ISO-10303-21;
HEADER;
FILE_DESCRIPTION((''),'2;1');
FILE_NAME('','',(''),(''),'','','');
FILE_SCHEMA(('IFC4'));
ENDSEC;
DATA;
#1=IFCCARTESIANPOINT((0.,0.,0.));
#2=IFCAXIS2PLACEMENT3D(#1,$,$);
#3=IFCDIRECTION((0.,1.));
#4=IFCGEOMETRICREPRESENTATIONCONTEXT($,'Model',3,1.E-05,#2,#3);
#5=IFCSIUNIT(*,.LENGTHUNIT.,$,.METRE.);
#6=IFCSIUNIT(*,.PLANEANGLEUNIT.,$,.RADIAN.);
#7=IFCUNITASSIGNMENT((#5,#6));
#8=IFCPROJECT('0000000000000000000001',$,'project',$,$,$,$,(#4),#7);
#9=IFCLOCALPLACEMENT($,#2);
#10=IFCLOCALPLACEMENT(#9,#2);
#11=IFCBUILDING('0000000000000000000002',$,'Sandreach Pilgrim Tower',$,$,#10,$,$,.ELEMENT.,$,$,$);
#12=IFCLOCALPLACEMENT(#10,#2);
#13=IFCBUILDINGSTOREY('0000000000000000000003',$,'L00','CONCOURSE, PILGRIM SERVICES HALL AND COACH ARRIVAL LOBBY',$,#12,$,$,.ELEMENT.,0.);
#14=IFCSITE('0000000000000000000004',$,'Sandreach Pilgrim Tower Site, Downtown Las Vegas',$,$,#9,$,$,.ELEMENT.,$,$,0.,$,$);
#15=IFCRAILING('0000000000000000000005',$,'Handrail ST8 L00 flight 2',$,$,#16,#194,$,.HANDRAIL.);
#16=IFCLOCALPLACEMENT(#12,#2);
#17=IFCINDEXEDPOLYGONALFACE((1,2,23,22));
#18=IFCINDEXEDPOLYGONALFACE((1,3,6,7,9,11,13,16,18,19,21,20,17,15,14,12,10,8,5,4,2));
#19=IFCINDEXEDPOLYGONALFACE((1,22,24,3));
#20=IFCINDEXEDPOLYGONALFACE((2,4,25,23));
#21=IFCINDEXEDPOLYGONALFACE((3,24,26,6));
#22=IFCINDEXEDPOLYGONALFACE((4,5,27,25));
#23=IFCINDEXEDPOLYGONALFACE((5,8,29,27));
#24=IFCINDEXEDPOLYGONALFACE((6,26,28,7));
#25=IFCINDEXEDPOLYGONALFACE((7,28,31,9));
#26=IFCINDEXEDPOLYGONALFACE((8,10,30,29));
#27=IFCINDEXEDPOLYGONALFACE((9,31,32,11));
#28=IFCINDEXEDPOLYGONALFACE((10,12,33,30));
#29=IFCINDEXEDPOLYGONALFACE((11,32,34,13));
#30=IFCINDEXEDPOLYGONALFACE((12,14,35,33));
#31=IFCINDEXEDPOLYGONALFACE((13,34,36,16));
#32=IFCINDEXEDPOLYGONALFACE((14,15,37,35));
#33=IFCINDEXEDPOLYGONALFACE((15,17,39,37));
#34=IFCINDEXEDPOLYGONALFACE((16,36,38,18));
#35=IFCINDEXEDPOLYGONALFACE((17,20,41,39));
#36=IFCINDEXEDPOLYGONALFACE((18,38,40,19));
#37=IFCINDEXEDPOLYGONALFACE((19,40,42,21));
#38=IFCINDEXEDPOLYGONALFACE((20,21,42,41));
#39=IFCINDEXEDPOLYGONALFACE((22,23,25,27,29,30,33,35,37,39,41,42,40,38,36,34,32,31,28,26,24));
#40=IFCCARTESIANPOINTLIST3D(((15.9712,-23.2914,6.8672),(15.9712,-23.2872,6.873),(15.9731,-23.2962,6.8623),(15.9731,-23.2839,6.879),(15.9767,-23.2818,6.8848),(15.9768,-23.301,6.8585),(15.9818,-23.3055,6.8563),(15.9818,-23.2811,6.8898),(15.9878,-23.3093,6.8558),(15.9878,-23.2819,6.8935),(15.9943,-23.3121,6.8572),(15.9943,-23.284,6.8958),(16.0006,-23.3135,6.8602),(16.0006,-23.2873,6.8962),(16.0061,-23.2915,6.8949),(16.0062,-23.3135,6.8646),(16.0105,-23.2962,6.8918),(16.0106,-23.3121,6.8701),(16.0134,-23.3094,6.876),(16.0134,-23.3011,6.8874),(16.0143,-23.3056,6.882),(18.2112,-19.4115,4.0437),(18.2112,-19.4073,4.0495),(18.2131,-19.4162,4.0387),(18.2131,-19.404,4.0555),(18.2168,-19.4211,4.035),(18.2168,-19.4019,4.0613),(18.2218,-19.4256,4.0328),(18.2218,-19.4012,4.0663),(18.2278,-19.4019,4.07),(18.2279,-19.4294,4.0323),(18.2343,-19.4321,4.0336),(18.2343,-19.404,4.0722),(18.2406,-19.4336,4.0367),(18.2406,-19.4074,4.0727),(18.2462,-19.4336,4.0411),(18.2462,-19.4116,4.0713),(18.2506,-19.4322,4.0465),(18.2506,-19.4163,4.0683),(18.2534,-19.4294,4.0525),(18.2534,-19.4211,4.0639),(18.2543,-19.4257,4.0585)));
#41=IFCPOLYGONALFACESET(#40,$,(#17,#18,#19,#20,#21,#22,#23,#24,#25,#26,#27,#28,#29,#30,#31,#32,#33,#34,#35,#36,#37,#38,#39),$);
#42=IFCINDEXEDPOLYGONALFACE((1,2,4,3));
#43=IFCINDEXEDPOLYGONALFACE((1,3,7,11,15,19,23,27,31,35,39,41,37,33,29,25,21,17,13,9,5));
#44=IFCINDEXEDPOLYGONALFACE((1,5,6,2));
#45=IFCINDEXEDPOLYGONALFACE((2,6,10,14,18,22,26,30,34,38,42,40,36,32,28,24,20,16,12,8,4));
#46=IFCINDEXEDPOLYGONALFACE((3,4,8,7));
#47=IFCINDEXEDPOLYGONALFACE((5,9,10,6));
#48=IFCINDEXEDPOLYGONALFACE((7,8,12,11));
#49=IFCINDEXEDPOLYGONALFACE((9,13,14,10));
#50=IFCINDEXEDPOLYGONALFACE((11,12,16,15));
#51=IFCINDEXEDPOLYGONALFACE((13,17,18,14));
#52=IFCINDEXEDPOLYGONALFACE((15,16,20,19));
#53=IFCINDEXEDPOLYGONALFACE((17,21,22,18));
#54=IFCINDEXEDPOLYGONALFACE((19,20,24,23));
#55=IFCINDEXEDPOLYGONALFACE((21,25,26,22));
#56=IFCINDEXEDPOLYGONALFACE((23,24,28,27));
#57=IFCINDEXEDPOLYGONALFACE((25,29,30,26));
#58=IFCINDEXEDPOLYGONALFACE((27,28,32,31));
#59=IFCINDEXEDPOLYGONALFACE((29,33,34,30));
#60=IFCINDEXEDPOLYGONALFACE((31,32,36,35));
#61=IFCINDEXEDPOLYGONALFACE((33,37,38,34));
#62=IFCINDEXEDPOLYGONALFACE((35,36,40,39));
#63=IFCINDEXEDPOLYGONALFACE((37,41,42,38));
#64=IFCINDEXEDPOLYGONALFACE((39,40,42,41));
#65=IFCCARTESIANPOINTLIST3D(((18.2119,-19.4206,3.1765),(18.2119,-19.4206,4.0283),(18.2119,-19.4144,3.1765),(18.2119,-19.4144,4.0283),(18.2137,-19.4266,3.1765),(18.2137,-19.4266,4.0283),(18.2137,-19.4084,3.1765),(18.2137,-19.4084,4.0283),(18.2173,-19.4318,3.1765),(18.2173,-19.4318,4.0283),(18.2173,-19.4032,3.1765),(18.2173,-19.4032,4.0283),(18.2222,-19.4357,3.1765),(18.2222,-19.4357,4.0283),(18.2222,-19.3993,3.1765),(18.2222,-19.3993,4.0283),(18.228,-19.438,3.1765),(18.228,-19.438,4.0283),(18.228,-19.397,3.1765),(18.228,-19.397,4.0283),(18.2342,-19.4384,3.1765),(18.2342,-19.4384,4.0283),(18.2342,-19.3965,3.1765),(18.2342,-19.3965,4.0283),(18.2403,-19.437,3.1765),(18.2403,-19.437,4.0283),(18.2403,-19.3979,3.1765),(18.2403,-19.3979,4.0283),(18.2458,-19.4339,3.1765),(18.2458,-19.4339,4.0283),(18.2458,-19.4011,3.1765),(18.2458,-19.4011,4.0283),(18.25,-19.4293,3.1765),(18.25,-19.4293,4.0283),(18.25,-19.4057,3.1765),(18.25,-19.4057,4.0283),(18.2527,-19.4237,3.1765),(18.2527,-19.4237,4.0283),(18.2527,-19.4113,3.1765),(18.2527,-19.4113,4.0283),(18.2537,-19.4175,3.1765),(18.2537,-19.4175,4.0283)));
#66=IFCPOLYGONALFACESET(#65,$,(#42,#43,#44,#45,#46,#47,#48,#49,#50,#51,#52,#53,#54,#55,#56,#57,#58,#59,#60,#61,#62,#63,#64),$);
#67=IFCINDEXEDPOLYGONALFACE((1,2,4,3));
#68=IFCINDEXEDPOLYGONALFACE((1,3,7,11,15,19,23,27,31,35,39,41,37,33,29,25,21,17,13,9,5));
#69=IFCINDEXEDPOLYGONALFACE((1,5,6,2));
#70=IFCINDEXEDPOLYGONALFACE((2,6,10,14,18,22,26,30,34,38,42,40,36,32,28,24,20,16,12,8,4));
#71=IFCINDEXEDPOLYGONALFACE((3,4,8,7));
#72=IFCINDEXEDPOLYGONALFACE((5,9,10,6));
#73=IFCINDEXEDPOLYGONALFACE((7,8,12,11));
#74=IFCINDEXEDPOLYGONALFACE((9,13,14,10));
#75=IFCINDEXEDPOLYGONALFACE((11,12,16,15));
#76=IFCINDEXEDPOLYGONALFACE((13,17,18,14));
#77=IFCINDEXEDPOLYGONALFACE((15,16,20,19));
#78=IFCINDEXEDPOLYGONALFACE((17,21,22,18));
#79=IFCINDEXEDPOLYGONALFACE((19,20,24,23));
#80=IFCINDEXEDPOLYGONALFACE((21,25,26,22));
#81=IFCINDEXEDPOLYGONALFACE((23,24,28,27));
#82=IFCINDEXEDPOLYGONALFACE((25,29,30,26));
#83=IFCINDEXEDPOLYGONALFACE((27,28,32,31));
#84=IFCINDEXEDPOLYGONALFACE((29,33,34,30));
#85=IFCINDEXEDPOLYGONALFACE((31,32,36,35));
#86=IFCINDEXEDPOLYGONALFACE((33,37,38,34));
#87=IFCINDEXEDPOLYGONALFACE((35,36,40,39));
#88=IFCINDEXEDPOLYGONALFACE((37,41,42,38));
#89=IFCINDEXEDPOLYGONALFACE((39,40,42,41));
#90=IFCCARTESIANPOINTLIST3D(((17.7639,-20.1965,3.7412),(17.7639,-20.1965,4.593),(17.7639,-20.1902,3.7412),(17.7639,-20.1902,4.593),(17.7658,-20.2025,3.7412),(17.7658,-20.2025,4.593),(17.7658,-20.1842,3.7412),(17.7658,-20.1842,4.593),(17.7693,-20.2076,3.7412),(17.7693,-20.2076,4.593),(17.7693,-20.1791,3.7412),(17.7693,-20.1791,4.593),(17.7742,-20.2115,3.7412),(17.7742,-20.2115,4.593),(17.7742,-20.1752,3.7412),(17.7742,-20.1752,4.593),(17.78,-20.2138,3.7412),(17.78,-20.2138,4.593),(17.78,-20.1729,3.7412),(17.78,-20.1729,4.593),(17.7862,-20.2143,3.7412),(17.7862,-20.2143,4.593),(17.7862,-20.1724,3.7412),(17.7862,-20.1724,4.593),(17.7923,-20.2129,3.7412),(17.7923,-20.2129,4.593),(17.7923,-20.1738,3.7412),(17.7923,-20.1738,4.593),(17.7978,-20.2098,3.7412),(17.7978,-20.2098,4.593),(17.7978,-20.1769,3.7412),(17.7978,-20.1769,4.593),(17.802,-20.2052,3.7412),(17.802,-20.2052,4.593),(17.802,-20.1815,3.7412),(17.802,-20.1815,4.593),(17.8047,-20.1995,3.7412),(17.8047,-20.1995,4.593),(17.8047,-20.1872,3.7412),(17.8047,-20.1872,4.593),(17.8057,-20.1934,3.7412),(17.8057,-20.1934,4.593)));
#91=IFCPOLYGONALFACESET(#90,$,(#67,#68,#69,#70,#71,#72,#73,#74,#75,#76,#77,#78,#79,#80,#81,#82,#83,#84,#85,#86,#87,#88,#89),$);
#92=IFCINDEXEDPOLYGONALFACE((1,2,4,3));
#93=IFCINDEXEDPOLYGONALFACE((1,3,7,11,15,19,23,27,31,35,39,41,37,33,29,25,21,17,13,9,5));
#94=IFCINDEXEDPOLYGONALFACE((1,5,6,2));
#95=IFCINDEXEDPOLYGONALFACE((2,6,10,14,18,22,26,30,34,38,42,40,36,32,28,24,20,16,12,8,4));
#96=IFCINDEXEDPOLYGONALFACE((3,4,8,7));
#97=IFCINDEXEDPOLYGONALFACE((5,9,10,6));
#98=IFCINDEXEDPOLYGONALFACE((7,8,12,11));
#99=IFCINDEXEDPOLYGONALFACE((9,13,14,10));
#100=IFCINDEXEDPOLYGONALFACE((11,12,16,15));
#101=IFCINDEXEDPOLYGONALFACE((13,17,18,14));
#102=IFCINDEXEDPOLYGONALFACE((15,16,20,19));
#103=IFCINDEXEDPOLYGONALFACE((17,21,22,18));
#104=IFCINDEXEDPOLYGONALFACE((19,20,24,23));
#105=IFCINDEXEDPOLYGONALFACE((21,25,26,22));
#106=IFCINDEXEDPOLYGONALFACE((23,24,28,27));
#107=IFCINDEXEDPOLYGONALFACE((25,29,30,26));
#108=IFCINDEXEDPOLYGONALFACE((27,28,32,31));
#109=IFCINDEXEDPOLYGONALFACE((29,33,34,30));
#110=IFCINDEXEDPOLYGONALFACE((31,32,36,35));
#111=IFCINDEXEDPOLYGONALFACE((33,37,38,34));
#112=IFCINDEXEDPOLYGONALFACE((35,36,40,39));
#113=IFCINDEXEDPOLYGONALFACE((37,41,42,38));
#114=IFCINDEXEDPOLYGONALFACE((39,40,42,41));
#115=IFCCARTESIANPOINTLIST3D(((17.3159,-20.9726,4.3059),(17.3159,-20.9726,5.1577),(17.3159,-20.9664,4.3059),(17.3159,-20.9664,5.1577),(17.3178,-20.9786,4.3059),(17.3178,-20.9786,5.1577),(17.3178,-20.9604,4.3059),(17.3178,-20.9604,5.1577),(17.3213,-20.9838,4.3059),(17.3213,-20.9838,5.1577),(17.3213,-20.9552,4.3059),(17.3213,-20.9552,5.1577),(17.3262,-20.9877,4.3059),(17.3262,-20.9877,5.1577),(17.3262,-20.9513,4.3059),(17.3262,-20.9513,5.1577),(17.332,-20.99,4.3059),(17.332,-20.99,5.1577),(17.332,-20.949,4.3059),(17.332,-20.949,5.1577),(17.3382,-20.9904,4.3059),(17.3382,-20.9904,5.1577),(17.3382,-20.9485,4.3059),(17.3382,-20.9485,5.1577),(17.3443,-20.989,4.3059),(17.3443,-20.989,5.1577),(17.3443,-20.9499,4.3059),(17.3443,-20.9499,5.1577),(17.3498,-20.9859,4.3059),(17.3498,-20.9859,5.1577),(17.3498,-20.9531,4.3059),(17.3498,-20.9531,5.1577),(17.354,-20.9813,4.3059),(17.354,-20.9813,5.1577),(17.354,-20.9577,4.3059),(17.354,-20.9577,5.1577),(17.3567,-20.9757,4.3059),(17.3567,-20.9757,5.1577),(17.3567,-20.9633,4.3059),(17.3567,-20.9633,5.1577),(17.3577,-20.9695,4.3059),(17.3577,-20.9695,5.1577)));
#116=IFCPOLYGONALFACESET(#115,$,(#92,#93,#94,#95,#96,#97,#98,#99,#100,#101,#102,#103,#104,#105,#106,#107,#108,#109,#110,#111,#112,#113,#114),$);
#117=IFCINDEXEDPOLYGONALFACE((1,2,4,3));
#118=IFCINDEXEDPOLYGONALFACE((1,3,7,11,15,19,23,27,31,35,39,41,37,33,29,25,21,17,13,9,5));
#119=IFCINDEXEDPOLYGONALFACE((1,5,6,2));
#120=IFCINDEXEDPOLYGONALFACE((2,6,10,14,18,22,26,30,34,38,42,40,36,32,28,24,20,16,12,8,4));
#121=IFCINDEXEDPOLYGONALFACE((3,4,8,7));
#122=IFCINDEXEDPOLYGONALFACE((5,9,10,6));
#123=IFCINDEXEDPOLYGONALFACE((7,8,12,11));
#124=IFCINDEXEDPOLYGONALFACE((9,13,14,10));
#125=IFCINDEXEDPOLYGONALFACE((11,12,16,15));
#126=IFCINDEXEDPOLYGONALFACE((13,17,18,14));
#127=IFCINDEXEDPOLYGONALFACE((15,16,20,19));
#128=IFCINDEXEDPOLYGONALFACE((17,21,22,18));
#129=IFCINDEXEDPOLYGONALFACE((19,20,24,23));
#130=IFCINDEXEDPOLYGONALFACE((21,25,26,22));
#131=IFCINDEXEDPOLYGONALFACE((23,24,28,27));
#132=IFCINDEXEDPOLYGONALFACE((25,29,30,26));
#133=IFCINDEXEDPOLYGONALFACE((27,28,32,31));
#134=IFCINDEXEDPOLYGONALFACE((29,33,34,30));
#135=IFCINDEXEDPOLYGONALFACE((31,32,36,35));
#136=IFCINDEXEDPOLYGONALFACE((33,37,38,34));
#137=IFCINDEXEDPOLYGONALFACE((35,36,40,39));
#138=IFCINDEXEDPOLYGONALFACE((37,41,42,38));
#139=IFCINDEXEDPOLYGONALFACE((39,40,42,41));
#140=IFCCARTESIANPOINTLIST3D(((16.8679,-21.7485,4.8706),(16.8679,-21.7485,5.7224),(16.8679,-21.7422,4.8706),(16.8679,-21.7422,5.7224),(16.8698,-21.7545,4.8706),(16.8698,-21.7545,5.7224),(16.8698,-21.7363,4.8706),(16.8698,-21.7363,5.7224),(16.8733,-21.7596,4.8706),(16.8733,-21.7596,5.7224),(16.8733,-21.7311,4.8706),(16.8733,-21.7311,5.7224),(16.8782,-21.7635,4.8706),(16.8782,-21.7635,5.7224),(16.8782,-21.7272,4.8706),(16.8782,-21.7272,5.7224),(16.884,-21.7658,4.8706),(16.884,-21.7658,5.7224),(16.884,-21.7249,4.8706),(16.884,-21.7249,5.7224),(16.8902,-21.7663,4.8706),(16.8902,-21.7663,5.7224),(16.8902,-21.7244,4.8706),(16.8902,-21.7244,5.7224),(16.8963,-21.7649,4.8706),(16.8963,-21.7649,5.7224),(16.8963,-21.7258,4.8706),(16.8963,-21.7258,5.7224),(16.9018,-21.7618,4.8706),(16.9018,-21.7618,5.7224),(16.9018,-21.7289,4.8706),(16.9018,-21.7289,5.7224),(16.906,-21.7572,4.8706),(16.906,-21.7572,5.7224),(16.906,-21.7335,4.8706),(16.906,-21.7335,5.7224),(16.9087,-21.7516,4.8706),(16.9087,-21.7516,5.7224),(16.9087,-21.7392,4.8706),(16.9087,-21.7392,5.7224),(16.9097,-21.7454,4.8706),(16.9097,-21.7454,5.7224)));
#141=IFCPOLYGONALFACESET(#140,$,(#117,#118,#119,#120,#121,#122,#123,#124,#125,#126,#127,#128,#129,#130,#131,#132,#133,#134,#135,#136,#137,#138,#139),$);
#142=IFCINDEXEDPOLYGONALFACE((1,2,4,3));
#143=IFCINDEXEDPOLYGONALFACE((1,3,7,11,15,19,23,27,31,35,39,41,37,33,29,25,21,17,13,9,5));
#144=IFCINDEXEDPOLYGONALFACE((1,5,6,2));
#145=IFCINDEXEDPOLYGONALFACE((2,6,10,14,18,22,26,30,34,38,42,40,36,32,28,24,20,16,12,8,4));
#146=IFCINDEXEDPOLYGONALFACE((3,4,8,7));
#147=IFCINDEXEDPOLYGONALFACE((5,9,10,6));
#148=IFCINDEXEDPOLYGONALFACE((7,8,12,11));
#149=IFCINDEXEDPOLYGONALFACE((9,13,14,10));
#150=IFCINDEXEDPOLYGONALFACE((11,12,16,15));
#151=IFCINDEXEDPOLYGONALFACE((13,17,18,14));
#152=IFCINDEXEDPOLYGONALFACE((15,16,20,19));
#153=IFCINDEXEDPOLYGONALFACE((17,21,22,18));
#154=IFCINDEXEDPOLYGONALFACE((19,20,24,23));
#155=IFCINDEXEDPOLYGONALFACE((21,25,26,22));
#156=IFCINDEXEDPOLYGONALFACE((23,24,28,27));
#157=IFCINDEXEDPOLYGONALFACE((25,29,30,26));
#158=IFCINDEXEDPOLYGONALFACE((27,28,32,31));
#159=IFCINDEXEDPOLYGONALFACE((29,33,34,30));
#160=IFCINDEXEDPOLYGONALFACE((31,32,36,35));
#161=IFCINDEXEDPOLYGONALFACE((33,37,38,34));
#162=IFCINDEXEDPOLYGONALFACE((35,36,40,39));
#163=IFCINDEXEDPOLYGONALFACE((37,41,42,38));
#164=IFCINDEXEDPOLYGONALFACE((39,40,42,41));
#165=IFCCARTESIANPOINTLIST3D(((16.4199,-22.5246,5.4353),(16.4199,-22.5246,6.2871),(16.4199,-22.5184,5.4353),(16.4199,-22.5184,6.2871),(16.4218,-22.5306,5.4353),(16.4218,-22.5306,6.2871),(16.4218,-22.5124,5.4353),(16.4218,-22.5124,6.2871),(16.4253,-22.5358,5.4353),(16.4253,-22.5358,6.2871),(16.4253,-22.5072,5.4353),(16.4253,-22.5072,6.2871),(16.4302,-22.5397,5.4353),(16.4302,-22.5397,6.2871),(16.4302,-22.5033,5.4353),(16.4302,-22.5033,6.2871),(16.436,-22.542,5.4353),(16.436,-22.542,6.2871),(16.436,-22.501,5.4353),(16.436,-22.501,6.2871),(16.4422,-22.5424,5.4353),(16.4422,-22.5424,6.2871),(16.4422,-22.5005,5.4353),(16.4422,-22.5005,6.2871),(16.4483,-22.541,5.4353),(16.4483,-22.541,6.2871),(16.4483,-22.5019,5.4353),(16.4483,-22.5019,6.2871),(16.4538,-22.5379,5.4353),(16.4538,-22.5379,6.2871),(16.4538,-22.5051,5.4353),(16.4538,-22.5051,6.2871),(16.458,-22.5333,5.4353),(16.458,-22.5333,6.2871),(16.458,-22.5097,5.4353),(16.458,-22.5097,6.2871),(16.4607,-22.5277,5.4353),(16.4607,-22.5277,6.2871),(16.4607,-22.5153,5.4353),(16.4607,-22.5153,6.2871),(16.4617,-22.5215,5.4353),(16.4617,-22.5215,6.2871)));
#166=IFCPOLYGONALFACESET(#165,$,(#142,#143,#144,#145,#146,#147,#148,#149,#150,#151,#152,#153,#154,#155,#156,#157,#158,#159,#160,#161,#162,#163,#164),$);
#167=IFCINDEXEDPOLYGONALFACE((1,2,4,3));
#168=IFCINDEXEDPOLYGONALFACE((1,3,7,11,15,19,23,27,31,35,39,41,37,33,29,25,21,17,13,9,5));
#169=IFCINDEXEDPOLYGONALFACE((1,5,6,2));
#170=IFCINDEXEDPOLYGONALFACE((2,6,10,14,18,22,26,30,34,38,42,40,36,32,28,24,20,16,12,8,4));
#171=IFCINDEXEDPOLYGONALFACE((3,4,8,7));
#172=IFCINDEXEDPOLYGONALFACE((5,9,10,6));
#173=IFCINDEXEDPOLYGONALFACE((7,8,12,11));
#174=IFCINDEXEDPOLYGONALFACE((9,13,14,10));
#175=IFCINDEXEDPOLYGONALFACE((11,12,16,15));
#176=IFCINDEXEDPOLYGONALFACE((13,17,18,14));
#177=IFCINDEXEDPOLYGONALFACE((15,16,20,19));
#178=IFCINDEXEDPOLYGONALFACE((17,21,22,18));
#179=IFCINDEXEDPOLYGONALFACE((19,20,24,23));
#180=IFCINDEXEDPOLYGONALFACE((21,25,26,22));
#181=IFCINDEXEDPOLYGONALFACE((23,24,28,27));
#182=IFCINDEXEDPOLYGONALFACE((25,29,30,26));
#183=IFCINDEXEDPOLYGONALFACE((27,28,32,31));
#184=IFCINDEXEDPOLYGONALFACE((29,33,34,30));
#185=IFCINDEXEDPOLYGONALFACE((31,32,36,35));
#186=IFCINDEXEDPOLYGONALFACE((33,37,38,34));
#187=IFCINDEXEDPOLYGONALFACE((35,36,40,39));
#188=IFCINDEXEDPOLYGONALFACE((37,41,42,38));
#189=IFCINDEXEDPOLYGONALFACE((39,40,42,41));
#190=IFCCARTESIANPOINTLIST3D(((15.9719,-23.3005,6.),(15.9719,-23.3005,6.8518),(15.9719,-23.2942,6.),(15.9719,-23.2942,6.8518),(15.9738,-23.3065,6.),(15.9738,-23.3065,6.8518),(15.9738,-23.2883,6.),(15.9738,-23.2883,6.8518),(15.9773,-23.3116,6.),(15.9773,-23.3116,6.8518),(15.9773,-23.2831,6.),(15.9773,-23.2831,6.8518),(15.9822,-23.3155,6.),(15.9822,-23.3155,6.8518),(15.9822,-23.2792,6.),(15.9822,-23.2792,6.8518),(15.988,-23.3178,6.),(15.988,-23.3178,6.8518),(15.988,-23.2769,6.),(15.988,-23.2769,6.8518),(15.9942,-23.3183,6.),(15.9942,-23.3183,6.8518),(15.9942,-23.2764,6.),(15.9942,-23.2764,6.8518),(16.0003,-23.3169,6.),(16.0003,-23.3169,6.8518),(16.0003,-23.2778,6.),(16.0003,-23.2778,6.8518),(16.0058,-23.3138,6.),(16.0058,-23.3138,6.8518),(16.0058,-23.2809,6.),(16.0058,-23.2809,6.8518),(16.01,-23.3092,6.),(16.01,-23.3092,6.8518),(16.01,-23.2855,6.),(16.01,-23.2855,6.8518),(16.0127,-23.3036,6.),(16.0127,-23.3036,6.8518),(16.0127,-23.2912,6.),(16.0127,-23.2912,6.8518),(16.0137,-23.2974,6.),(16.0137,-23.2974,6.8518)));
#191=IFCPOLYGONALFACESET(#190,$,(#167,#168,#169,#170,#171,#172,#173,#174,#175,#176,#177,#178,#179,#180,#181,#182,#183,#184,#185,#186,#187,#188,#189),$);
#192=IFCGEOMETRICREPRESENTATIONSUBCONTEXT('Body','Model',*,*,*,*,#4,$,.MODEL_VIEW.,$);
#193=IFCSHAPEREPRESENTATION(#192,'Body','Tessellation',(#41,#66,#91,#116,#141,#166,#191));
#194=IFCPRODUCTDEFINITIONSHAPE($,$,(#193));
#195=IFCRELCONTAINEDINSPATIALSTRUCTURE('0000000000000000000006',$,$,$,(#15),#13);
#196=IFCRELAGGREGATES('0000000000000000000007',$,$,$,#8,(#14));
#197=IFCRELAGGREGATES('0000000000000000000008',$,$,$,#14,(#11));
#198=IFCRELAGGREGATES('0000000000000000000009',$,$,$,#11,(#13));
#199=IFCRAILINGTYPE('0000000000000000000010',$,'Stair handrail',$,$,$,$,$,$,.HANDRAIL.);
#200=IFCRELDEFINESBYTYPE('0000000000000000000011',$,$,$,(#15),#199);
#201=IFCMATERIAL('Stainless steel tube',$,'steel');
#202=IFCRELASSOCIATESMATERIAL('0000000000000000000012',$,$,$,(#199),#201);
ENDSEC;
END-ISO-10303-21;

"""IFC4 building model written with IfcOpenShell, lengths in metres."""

from ifc_helpers import new_model, si_unit, direction, frame, origin, origin_2d, place, context, subcontext, project, spatial, circle, extrude, material, type_object, element, save


model = new_model("IFC4")

# Units and contexts
model_context = context("Model", 3, precision=1e-05, world=origin(), true_north=direction((0.0, 1.0)))
body_context = subcontext(model_context, "Body", "Model", "MODEL_VIEW")
ifc_project = project(units=[si_unit("LENGTHUNIT", "METRE"), si_unit("PLANEANGLEUNIT", "RADIAN")], contexts=[model_context])

# Site, building, storey
site_placement = place(None, origin())
site = spatial("IfcSite", under=ifc_project, at=site_placement, Name="Sandreach Pilgrim Tower Site, Downtown Las Vegas", CompositionType="ELEMENT", RefElevation=0.0)
building_placement = place(site_placement, origin())
building = spatial("IfcBuilding", under=site, at=building_placement, Name="Sandreach Pilgrim Tower", CompositionType="ELEMENT")
storey_placement = place(building_placement, origin())
storey = spatial("IfcBuildingStorey", under=building, at=storey_placement, Name="L00", Description="CONCOURSE, PILGRIM SERVICES HALL AND COACH ARRIVAL LOBBY", CompositionType="ELEMENT", Elevation=0.0)

# Railing
ifc_material_1 = material(Name="Stainless steel tube", Category="steel")
railing_type = type_object("IfcRailingType", Name="Stair handrail", PredefinedType="HANDRAIL", material=ifc_material_1)
for number, where, name in (
    (1, (18.2327, -19.4175, 3.1765), "Handrail ST8 L00 flight 2"),
):
    element("IfcRailing", number, at=place(storey_placement, frame(where)), inside=storey, type_object=railing_type, Name=name, PredefinedType="HANDRAIL", context=body_context, shape_type="SweptSolid", body=[
        extrude(circle(Radius=0.0239, at=origin_2d()), frame((0.0, 0.0, 0.876), z_axis=(-0.422993, -0.732665, 0.533178), x_axis=(0.866031, -0.49999, 0.0)), (0.0, 0.0, 1.0), 5.2957),
        extrude(circle(Radius=0.021, at=origin_2d()), origin(), (0.0, 0.0, 1.0), 0.8518),
        extrude(circle(Radius=0.021, at=origin_2d()), frame((-0.448, -0.7759, 0.5647)), (0.0, 0.0, 1.0), 0.8518),
        extrude(circle(Radius=0.021, at=origin_2d()), frame((-0.896, -1.552, 1.1294)), (0.0, 0.0, 1.0), 0.8518),
        extrude(circle(Radius=0.021, at=origin_2d()), frame((-1.344, -2.3279, 1.6941)), (0.0, 0.0, 1.0), 0.8518),
        extrude(circle(Radius=0.021, at=origin_2d()), frame((-1.792, -3.104, 2.2588)), (0.0, 0.0, 1.0), 0.8518),
        extrude(circle(Radius=0.021, at=origin_2d()), frame((-2.24, -3.8799, 2.8235)), (0.0, 0.0, 1.0), 0.8518),
    ])

save(model, "model.ifc")
